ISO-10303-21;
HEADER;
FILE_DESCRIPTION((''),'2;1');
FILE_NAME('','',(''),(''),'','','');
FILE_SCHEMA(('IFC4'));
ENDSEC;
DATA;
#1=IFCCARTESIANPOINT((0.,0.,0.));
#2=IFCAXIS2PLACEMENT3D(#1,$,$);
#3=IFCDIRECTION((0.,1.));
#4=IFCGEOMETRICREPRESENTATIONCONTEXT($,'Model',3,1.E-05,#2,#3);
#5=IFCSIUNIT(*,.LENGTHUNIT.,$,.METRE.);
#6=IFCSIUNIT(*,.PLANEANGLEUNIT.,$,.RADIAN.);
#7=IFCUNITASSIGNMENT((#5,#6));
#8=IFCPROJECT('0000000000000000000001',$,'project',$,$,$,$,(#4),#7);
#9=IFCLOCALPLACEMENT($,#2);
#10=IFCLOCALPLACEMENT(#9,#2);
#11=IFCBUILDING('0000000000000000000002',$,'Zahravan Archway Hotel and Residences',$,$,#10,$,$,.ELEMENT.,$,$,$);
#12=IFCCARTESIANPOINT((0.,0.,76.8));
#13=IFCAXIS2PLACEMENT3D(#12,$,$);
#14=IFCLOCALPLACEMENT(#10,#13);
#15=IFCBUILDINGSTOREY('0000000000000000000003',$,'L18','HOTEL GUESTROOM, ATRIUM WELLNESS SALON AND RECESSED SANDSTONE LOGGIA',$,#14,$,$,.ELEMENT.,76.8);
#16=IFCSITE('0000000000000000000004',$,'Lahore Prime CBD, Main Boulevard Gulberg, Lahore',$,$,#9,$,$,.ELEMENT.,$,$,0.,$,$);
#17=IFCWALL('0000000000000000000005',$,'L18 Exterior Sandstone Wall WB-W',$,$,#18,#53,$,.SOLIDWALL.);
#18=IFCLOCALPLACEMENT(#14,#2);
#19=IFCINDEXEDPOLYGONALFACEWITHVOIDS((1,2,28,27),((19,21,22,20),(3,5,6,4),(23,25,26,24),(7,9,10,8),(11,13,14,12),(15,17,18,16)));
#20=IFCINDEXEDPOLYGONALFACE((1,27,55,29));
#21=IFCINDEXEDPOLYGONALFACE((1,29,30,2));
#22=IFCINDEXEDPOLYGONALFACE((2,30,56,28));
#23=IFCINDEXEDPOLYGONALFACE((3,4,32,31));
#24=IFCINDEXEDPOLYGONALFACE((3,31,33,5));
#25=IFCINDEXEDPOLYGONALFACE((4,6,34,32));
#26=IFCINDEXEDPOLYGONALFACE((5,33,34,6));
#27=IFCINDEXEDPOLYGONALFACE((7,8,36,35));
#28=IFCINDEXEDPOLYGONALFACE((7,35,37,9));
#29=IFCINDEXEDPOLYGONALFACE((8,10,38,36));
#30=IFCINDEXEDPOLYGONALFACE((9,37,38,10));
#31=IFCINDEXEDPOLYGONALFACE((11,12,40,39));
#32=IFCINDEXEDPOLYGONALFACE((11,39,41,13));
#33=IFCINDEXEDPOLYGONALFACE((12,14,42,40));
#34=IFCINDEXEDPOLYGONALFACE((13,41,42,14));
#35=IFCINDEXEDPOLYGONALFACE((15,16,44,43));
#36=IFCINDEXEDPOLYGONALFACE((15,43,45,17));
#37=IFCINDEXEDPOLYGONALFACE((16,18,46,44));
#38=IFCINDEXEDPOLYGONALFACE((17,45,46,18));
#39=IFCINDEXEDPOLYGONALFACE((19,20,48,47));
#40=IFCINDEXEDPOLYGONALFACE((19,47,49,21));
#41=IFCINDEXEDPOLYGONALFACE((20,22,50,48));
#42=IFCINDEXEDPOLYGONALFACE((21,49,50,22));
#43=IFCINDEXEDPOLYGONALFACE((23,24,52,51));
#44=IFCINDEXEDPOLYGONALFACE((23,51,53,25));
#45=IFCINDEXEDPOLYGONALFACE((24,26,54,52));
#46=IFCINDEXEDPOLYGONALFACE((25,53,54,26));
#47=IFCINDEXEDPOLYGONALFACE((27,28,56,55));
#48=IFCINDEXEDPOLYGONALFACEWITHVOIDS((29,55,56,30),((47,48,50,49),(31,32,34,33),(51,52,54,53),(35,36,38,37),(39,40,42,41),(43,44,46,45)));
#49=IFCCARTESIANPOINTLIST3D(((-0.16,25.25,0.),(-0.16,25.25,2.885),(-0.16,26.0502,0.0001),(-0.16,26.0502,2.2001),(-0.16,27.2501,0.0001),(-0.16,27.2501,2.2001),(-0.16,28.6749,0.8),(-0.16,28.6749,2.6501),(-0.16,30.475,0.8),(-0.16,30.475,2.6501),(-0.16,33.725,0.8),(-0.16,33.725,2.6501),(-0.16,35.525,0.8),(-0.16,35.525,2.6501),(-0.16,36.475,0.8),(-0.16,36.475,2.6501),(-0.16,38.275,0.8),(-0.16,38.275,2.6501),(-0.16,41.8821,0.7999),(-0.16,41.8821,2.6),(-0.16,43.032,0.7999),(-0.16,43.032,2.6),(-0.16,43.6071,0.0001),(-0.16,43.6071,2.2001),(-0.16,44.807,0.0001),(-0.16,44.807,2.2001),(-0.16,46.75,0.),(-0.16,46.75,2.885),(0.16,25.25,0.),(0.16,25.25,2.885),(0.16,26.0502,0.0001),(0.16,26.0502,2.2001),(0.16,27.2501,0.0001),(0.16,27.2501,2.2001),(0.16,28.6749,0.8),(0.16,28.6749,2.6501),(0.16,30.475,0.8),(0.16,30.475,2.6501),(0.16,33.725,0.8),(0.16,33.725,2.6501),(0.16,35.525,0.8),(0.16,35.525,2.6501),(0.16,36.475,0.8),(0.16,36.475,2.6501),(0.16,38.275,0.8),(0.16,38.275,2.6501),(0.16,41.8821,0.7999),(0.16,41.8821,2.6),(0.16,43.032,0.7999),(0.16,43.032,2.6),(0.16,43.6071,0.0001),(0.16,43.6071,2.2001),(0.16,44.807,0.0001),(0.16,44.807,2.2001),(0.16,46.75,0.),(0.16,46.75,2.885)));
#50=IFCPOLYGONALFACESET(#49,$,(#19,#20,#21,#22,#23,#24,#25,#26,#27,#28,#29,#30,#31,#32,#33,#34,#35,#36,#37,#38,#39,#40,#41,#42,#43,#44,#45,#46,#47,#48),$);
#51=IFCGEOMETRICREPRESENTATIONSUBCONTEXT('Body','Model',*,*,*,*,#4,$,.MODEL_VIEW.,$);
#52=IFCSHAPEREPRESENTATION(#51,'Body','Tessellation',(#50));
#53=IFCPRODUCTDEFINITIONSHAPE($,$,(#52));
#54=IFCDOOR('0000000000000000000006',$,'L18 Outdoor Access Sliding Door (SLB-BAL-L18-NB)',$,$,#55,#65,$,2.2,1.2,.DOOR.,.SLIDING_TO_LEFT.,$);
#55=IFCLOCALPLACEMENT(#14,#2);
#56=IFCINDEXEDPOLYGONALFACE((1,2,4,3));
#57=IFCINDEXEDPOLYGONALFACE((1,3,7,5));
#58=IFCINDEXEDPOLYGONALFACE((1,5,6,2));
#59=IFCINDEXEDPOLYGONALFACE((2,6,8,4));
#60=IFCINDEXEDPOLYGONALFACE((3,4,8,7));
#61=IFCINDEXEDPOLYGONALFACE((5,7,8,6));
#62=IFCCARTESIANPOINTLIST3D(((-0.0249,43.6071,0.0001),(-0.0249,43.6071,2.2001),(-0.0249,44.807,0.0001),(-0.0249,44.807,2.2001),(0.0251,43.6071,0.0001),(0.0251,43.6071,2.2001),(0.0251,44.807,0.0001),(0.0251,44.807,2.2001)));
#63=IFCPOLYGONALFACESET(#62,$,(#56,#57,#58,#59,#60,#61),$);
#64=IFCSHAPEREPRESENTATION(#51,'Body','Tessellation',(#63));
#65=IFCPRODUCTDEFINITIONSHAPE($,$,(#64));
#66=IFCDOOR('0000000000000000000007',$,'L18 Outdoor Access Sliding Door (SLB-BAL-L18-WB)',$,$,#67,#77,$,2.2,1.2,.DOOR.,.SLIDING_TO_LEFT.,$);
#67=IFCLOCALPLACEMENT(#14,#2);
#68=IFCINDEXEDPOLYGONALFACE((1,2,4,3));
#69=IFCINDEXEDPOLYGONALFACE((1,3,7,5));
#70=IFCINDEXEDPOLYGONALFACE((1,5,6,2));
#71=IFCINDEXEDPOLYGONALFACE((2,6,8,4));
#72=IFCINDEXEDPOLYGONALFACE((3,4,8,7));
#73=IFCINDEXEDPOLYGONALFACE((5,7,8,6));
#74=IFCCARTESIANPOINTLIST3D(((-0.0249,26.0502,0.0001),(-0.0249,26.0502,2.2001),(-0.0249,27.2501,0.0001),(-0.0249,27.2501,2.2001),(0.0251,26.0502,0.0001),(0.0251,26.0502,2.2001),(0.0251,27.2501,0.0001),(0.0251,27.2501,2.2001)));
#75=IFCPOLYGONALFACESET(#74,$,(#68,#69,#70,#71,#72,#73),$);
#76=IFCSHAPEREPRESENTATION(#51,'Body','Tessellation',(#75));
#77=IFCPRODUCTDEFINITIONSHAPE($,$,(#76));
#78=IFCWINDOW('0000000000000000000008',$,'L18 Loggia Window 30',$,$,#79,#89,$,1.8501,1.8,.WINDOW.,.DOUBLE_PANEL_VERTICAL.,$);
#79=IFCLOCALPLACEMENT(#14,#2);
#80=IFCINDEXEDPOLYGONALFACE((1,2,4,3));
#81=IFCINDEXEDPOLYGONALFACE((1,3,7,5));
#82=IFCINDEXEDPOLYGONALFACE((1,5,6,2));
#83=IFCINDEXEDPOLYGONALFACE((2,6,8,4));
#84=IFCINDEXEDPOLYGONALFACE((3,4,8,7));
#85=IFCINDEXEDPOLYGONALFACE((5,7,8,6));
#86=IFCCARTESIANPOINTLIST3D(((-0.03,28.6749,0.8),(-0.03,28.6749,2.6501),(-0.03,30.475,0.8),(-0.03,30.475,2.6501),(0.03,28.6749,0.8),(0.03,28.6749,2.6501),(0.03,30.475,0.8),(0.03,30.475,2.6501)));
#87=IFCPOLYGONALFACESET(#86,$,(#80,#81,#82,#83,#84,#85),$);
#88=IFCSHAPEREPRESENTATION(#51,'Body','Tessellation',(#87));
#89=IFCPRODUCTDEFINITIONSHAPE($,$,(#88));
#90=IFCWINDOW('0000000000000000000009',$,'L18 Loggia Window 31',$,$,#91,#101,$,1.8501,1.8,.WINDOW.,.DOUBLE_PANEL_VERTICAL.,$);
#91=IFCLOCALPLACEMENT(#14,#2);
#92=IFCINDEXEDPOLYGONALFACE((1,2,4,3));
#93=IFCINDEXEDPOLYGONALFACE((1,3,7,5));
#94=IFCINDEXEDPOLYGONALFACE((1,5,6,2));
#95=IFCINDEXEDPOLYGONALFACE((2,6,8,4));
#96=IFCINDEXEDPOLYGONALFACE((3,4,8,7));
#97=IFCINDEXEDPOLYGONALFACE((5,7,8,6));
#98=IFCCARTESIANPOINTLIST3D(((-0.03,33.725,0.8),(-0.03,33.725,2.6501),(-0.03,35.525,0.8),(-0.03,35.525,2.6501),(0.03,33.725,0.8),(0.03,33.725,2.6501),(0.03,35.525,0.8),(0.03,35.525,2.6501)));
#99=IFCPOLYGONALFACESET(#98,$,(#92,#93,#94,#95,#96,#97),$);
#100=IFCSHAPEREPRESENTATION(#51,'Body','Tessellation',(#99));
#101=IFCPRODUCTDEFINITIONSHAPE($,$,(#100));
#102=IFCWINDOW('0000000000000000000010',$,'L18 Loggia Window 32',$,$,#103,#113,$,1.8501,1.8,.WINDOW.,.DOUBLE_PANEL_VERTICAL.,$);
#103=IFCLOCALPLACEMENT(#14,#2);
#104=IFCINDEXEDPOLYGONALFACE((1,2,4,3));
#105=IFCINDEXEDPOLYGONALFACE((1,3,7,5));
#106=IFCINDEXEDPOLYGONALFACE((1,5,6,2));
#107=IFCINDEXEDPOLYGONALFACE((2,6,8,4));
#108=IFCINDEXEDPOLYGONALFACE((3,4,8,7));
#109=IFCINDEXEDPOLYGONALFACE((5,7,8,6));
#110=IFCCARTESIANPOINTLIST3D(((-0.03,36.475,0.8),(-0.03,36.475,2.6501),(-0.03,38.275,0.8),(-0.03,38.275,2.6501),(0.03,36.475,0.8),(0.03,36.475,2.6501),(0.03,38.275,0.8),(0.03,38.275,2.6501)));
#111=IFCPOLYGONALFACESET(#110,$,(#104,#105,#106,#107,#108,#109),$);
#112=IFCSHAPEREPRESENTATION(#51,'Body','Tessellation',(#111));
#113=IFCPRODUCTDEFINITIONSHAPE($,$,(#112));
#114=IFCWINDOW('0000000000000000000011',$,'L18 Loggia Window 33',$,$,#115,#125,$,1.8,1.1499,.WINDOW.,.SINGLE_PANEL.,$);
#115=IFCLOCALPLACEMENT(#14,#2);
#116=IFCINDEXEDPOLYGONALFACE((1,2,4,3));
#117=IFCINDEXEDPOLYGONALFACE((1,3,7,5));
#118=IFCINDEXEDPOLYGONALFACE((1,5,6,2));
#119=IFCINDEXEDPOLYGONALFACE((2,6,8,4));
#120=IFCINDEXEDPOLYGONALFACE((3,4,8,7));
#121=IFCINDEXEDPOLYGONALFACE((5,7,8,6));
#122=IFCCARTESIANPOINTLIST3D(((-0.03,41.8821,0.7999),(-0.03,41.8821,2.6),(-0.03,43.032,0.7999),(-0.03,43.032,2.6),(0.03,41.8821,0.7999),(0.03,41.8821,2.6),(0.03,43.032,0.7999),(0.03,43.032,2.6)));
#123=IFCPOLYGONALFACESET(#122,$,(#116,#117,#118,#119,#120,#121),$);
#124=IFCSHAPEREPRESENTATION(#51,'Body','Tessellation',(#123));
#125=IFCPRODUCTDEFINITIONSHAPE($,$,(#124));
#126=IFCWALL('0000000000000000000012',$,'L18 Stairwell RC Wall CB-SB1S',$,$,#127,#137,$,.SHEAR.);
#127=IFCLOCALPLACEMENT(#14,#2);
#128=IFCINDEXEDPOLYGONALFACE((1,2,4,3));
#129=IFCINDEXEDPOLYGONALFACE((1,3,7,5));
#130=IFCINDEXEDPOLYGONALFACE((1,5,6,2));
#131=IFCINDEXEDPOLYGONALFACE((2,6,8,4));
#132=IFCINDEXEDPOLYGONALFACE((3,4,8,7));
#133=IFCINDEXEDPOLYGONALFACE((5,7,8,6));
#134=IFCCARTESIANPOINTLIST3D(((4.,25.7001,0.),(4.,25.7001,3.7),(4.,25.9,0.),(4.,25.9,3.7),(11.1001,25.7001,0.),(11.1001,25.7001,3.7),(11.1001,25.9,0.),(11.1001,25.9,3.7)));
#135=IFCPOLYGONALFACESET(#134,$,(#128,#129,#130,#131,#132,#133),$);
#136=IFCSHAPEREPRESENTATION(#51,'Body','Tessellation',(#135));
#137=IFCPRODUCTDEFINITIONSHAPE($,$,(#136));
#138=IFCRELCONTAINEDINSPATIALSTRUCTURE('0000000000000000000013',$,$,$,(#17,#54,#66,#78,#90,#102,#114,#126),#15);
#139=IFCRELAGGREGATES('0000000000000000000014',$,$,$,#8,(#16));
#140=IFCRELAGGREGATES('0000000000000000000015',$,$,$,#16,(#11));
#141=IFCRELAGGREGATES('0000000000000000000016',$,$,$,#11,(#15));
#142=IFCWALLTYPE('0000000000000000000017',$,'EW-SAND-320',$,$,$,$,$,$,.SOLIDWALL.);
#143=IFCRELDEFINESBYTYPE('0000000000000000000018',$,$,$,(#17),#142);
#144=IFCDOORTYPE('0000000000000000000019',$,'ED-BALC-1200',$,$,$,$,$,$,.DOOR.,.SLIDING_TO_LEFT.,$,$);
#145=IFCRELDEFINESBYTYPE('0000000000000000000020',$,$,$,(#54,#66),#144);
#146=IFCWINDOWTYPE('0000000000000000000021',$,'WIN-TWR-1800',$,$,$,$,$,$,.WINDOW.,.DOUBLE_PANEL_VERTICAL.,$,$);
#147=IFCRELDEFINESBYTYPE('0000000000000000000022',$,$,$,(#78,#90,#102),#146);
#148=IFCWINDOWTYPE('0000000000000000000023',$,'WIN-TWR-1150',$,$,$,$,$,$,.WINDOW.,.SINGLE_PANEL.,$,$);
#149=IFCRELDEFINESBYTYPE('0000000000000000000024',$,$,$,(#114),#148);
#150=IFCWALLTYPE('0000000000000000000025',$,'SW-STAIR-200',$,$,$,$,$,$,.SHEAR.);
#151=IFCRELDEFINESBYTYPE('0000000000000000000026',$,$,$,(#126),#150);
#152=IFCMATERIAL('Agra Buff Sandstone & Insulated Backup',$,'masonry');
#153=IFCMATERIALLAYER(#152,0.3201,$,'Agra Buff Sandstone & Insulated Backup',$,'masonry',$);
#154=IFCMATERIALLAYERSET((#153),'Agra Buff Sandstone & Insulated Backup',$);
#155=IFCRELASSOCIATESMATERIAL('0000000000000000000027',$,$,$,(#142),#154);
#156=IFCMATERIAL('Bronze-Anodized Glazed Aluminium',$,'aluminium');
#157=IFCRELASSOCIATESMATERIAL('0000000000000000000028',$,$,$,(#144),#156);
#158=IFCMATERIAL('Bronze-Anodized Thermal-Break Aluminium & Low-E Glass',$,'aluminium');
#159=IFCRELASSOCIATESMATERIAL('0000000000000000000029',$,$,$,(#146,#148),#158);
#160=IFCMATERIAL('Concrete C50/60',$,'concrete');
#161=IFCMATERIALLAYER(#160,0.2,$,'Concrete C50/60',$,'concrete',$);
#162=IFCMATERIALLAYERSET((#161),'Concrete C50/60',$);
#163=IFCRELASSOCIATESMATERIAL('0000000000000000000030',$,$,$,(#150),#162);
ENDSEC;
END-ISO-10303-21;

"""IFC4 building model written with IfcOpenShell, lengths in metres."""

from ifc_helpers import new_model, si_unit, direction, frame, frame_2d, origin, place, context, subcontext, project, spatial, rectangle, extrude, source, transform, mapped, material, layer, layer_set, type_object, type_shapes, element, fill, save


model = new_model("IFC4")

# Units and contexts
model_context = context("Model", 3, precision=1e-05, world=origin(), true_north=direction((0.0, 1.0)))
body_context = subcontext(model_context, "Body", "Model", "MODEL_VIEW")
ifc_project = project(units=[si_unit("LENGTHUNIT", "METRE"), si_unit("PLANEANGLEUNIT", "RADIAN")], contexts=[model_context])

# Site, building, storey
site_placement = place(None, origin())
site = spatial("IfcSite", under=ifc_project, at=site_placement, Name="Lahore Prime CBD, Main Boulevard Gulberg, Lahore", CompositionType="ELEMENT", RefElevation=0.0)
building_placement = place(site_placement, origin())
building = spatial("IfcBuilding", under=site, at=building_placement, Name="Zahravan Archway Hotel and Residences", CompositionType="ELEMENT")
storey_placement = place(building_placement, frame((0.0, 0.0, 76.8)))
storey = spatial("IfcBuildingStorey", under=building, at=storey_placement, Name="L18", Description="HOTEL GUESTROOM, ATRIUM WELLNESS SALON AND RECESSED SANDSTONE LOGGIA", CompositionType="ELEMENT", Elevation=76.8)

# Shared definitions
ifc_material_1 = material(Name="Agra Buff Sandstone & Insulated Backup", Category="masonry")
ifc_layer_1 = layer(ifc_material_1, 0.3201, Name="Agra Buff Sandstone & Insulated Backup", Category="masonry")
ifc_layer_set_1 = layer_set([ifc_layer_1], Name="Agra Buff Sandstone & Insulated Backup")
wall_type_1 = type_object("IfcWallType", Name="EW-SAND-320", PredefinedType="SOLIDWALL", material=ifc_layer_set_1)
ifc_material_2 = material(Name="Bronze-Anodized Thermal-Break Aluminium & Low-E Glass", Category="aluminium")

# Wall, openings, doors, windows
wall_1_placement = place(storey_placement, frame((0.0, 25.25, 0.0), z_axis=(0.0, 0.0, 1.0), x_axis=(0.0, 1.0, 0.0)))
wall_1 = element("IfcWall", 1, at=wall_1_placement, inside=storey, type_object=wall_type_1, Name="L18 Exterior Sandstone Wall WB-W", PredefinedType="SOLIDWALL", context=body_context, shape_type="SweptSolid", body=[
    extrude(rectangle(XDim=21.5, YDim=0.3201, at=frame_2d((10.75, 0.0))), origin(), (0.0, 0.0, 1.0), 2.885),
])
opening_1_placement = place(wall_1_placement, frame((18.3569, 0.0, 0.0)))
opening_1 = element("IfcOpeningElement", 2, at=opening_1_placement, cuts=wall_1, PredefinedType="OPENING", context=body_context, shape_type="SweptSolid", body=[
    extrude(rectangle(XDim=1.2, YDim=2.2, at=frame_2d((0.6001, 1.1001))), frame((0.0, 0.1699, 0.0), z_axis=(0.0, -1.0, 0.0), x_axis=(1.0, 0.0, 0.0)), (0.0, 0.0, 1.0), 0.3401),
])
opening_2_placement = place(wall_1_placement, frame((0.8, 0.0, 0.0)))
opening_2 = element("IfcOpeningElement", 3, at=opening_2_placement, cuts=wall_1, PredefinedType="OPENING", context=body_context, shape_type="SweptSolid", body=[
    extrude(rectangle(XDim=1.2, YDim=2.2, at=frame_2d((0.6001, 1.1001))), frame((0.0, 0.1699, 0.0), z_axis=(0.0, -1.0, 0.0), x_axis=(1.0, 0.0, 0.0)), (0.0, 0.0, 1.0), 0.3401),
])
opening_3_placement = place(wall_1_placement, frame((3.425, 0.0, 0.8)))
opening_3 = element("IfcOpeningElement", 4, at=opening_3_placement, cuts=wall_1, PredefinedType="OPENING", context=body_context, shape_type="SweptSolid", body=[
    extrude(rectangle(XDim=1.8, YDim=1.8501, at=frame_2d((0.8999, 0.925))), frame((0.0, 0.1699, 0.0), z_axis=(0.0, -1.0, 0.0), x_axis=(1.0, 0.0, 0.0)), (0.0, 0.0, 1.0), 0.3401),
])
opening_4_placement = place(wall_1_placement, frame((8.4751, 0.0, 0.8)))
opening_4 = element("IfcOpeningElement", 5, at=opening_4_placement, cuts=wall_1, PredefinedType="OPENING", context=body_context, shape_type="SweptSolid", body=[
    extrude(rectangle(XDim=1.8, YDim=1.8501, at=frame_2d((0.8999, 0.925))), frame((0.0, 0.1699, 0.0), z_axis=(0.0, -1.0, 0.0), x_axis=(1.0, 0.0, 0.0)), (0.0, 0.0, 1.0), 0.3401),
])
opening_5_placement = place(wall_1_placement, frame((11.2251, 0.0, 0.8)))
opening_5 = element("IfcOpeningElement", 6, at=opening_5_placement, cuts=wall_1, PredefinedType="OPENING", context=body_context, shape_type="SweptSolid", body=[
    extrude(rectangle(XDim=1.8, YDim=1.8501, at=frame_2d((0.8999, 0.925))), frame((0.0, 0.1699, 0.0), z_axis=(0.0, -1.0, 0.0), x_axis=(1.0, 0.0, 0.0)), (0.0, 0.0, 1.0), 0.3401),
])
opening_6_placement = place(wall_1_placement, frame((16.6321, 0.0, 0.8)))
opening_6 = element("IfcOpeningElement", 7, at=opening_6_placement, cuts=wall_1, PredefinedType="OPENING", context=body_context, shape_type="SweptSolid", body=[
    extrude(rectangle(XDim=1.1499, YDim=1.8, at=frame_2d((0.575, 0.8999))), frame((0.0, 0.1699, 0.0), z_axis=(0.0, -1.0, 0.0), x_axis=(1.0, 0.0, 0.0)), (0.0, 0.0, 1.0), 0.3401),
])
ifc_material_3 = material(Name="Bronze-Anodized Glazed Aluminium", Category="aluminium")
door_type_1 = type_object("IfcDoorType", Name="ED-BALC-1200", OperationType="SLIDING_TO_LEFT", PredefinedType="DOOR", material=ifc_material_3)
shared_shape_1 = source(origin(), body_context, "Body", "SweptSolid", [
    extrude(rectangle(XDim=1.2, YDim=2.2, at=frame_2d((0.6001, 1.1001))), frame((0.0, 0.0249, 0.0), z_axis=(0.0, -1.0, 0.0), x_axis=(1.0, 0.0, 0.0)), (0.0, 0.0, 1.0), 0.05),
])
type_shapes(door_type_1, [shared_shape_1])
door_1_placement = place(opening_1_placement, origin())
door_1 = element("IfcDoor", 8, at=door_1_placement, inside=storey, type_object=door_type_1, Name="L18 Outdoor Access Sliding Door (SLB-BAL-L18-NB)", OperationType="SLIDING_TO_LEFT", OverallHeight=2.2, OverallWidth=1.2, PredefinedType="DOOR", context=body_context, shape_type="MappedRepresentation", body=[
    mapped(shared_shape_1, transform((0.0, 0.0, 0.0), scale=1.0)),
])
fill(opening_1, door_1)
door_2_placement = place(opening_2_placement, origin())
door_2 = element("IfcDoor", 9, at=door_2_placement, inside=storey, type_object=door_type_1, Name="L18 Outdoor Access Sliding Door (SLB-BAL-L18-WB)", OperationType="SLIDING_TO_LEFT", OverallHeight=2.2, OverallWidth=1.2, PredefinedType="DOOR", context=body_context, shape_type="MappedRepresentation", body=[
    mapped(shared_shape_1, transform((0.0, 0.0, 0.0), scale=1.0)),
])
fill(opening_2, door_2)
window_type_1 = type_object("IfcWindowType", Name="WIN-TWR-1800", PartitioningType="DOUBLE_PANEL_VERTICAL", PredefinedType="WINDOW", material=ifc_material_2)
shared_shape_2 = source(origin(), body_context, "Body", "SweptSolid", [
    extrude(rectangle(XDim=1.8, YDim=1.8501, at=frame_2d((0.8999, 0.925))), frame((0.0, 0.03, 0.0), z_axis=(0.0, -1.0, 0.0), x_axis=(1.0, 0.0, 0.0)), (0.0, 0.0, 1.0), 0.0601),
])
type_shapes(window_type_1, [shared_shape_2])
window_1_placement = place(opening_3_placement, origin())
window_1 = element("IfcWindow", 10, at=window_1_placement, inside=storey, type_object=window_type_1, Name="L18 Loggia Window 30", OverallHeight=1.8501, OverallWidth=1.8, PartitioningType="DOUBLE_PANEL_VERTICAL", PredefinedType="WINDOW", context=body_context, shape_type="MappedRepresentation", body=[
    mapped(shared_shape_2, transform((0.0, 0.0, 0.0), scale=1.0)),
])
fill(opening_3, window_1)
window_2_placement = place(opening_4_placement, origin())
window_2 = element("IfcWindow", 11, at=window_2_placement, inside=storey, type_object=window_type_1, Name="L18 Loggia Window 31", OverallHeight=1.8501, OverallWidth=1.8, PartitioningType="DOUBLE_PANEL_VERTICAL", PredefinedType="WINDOW", context=body_context, shape_type="MappedRepresentation", body=[
    mapped(shared_shape_2, transform((0.0, 0.0, 0.0), scale=1.0)),
])
fill(opening_4, window_2)
window_3_placement = place(opening_5_placement, origin())
window_3 = element("IfcWindow", 12, at=window_3_placement, inside=storey, type_object=window_type_1, Name="L18 Loggia Window 32", OverallHeight=1.8501, OverallWidth=1.8, PartitioningType="DOUBLE_PANEL_VERTICAL", PredefinedType="WINDOW", context=body_context, shape_type="MappedRepresentation", body=[
    mapped(shared_shape_2, transform((0.0, 0.0, 0.0), scale=1.0)),
])
fill(opening_5, window_3)
window_type_2 = type_object("IfcWindowType", Name="WIN-TWR-1150", PartitioningType="SINGLE_PANEL", PredefinedType="WINDOW", material=ifc_material_2)
shared_shape_3 = source(origin(), body_context, "Body", "SweptSolid", [
    extrude(rectangle(XDim=1.1499, YDim=1.8, at=frame_2d((0.575, 0.8999))), frame((0.0, 0.03, 0.0), z_axis=(0.0, -1.0, 0.0), x_axis=(1.0, 0.0, 0.0)), (0.0, 0.0, 1.0), 0.0601),
])
type_shapes(window_type_2, [shared_shape_3])
window_4_placement = place(opening_6_placement, origin())
window_4 = element("IfcWindow", 13, at=window_4_placement, inside=storey, type_object=window_type_2, Name="L18 Loggia Window 33", OverallHeight=1.8, OverallWidth=1.1499, PartitioningType="SINGLE_PANEL", PredefinedType="WINDOW", context=body_context, shape_type="MappedRepresentation", body=[
    mapped(shared_shape_3, transform((0.0, 0.0, 0.0), scale=1.0)),
])
fill(opening_6, window_4)

# Wall
ifc_material_4 = material(Name="Concrete C50/60", Category="concrete")
ifc_layer_2 = layer(ifc_material_4, 0.2, Name="Concrete C50/60", Category="concrete")
ifc_layer_set_2 = layer_set([ifc_layer_2], Name="Concrete C50/60")
wall_type_2 = type_object("IfcWallType", Name="SW-STAIR-200", PredefinedType="SHEAR", material=ifc_layer_set_2)
wall_2_placement = place(storey_placement, frame((4.0, 25.8, 0.0), z_axis=(0.0, 0.0, 1.0), x_axis=(1.0, 0.0, 0.0)))
element("IfcWall", 14, at=wall_2_placement, inside=storey, type_object=wall_type_2, Name="L18 Stairwell RC Wall CB-SB1S", PredefinedType="SHEAR", context=body_context, shape_type="SweptSolid", body=[
    extrude(rectangle(XDim=7.1001, YDim=0.2, at=frame_2d((3.55, 0.0))), origin(), (0.0, 0.0, 1.0), 3.7),
])

save(model, "model.ifc")
